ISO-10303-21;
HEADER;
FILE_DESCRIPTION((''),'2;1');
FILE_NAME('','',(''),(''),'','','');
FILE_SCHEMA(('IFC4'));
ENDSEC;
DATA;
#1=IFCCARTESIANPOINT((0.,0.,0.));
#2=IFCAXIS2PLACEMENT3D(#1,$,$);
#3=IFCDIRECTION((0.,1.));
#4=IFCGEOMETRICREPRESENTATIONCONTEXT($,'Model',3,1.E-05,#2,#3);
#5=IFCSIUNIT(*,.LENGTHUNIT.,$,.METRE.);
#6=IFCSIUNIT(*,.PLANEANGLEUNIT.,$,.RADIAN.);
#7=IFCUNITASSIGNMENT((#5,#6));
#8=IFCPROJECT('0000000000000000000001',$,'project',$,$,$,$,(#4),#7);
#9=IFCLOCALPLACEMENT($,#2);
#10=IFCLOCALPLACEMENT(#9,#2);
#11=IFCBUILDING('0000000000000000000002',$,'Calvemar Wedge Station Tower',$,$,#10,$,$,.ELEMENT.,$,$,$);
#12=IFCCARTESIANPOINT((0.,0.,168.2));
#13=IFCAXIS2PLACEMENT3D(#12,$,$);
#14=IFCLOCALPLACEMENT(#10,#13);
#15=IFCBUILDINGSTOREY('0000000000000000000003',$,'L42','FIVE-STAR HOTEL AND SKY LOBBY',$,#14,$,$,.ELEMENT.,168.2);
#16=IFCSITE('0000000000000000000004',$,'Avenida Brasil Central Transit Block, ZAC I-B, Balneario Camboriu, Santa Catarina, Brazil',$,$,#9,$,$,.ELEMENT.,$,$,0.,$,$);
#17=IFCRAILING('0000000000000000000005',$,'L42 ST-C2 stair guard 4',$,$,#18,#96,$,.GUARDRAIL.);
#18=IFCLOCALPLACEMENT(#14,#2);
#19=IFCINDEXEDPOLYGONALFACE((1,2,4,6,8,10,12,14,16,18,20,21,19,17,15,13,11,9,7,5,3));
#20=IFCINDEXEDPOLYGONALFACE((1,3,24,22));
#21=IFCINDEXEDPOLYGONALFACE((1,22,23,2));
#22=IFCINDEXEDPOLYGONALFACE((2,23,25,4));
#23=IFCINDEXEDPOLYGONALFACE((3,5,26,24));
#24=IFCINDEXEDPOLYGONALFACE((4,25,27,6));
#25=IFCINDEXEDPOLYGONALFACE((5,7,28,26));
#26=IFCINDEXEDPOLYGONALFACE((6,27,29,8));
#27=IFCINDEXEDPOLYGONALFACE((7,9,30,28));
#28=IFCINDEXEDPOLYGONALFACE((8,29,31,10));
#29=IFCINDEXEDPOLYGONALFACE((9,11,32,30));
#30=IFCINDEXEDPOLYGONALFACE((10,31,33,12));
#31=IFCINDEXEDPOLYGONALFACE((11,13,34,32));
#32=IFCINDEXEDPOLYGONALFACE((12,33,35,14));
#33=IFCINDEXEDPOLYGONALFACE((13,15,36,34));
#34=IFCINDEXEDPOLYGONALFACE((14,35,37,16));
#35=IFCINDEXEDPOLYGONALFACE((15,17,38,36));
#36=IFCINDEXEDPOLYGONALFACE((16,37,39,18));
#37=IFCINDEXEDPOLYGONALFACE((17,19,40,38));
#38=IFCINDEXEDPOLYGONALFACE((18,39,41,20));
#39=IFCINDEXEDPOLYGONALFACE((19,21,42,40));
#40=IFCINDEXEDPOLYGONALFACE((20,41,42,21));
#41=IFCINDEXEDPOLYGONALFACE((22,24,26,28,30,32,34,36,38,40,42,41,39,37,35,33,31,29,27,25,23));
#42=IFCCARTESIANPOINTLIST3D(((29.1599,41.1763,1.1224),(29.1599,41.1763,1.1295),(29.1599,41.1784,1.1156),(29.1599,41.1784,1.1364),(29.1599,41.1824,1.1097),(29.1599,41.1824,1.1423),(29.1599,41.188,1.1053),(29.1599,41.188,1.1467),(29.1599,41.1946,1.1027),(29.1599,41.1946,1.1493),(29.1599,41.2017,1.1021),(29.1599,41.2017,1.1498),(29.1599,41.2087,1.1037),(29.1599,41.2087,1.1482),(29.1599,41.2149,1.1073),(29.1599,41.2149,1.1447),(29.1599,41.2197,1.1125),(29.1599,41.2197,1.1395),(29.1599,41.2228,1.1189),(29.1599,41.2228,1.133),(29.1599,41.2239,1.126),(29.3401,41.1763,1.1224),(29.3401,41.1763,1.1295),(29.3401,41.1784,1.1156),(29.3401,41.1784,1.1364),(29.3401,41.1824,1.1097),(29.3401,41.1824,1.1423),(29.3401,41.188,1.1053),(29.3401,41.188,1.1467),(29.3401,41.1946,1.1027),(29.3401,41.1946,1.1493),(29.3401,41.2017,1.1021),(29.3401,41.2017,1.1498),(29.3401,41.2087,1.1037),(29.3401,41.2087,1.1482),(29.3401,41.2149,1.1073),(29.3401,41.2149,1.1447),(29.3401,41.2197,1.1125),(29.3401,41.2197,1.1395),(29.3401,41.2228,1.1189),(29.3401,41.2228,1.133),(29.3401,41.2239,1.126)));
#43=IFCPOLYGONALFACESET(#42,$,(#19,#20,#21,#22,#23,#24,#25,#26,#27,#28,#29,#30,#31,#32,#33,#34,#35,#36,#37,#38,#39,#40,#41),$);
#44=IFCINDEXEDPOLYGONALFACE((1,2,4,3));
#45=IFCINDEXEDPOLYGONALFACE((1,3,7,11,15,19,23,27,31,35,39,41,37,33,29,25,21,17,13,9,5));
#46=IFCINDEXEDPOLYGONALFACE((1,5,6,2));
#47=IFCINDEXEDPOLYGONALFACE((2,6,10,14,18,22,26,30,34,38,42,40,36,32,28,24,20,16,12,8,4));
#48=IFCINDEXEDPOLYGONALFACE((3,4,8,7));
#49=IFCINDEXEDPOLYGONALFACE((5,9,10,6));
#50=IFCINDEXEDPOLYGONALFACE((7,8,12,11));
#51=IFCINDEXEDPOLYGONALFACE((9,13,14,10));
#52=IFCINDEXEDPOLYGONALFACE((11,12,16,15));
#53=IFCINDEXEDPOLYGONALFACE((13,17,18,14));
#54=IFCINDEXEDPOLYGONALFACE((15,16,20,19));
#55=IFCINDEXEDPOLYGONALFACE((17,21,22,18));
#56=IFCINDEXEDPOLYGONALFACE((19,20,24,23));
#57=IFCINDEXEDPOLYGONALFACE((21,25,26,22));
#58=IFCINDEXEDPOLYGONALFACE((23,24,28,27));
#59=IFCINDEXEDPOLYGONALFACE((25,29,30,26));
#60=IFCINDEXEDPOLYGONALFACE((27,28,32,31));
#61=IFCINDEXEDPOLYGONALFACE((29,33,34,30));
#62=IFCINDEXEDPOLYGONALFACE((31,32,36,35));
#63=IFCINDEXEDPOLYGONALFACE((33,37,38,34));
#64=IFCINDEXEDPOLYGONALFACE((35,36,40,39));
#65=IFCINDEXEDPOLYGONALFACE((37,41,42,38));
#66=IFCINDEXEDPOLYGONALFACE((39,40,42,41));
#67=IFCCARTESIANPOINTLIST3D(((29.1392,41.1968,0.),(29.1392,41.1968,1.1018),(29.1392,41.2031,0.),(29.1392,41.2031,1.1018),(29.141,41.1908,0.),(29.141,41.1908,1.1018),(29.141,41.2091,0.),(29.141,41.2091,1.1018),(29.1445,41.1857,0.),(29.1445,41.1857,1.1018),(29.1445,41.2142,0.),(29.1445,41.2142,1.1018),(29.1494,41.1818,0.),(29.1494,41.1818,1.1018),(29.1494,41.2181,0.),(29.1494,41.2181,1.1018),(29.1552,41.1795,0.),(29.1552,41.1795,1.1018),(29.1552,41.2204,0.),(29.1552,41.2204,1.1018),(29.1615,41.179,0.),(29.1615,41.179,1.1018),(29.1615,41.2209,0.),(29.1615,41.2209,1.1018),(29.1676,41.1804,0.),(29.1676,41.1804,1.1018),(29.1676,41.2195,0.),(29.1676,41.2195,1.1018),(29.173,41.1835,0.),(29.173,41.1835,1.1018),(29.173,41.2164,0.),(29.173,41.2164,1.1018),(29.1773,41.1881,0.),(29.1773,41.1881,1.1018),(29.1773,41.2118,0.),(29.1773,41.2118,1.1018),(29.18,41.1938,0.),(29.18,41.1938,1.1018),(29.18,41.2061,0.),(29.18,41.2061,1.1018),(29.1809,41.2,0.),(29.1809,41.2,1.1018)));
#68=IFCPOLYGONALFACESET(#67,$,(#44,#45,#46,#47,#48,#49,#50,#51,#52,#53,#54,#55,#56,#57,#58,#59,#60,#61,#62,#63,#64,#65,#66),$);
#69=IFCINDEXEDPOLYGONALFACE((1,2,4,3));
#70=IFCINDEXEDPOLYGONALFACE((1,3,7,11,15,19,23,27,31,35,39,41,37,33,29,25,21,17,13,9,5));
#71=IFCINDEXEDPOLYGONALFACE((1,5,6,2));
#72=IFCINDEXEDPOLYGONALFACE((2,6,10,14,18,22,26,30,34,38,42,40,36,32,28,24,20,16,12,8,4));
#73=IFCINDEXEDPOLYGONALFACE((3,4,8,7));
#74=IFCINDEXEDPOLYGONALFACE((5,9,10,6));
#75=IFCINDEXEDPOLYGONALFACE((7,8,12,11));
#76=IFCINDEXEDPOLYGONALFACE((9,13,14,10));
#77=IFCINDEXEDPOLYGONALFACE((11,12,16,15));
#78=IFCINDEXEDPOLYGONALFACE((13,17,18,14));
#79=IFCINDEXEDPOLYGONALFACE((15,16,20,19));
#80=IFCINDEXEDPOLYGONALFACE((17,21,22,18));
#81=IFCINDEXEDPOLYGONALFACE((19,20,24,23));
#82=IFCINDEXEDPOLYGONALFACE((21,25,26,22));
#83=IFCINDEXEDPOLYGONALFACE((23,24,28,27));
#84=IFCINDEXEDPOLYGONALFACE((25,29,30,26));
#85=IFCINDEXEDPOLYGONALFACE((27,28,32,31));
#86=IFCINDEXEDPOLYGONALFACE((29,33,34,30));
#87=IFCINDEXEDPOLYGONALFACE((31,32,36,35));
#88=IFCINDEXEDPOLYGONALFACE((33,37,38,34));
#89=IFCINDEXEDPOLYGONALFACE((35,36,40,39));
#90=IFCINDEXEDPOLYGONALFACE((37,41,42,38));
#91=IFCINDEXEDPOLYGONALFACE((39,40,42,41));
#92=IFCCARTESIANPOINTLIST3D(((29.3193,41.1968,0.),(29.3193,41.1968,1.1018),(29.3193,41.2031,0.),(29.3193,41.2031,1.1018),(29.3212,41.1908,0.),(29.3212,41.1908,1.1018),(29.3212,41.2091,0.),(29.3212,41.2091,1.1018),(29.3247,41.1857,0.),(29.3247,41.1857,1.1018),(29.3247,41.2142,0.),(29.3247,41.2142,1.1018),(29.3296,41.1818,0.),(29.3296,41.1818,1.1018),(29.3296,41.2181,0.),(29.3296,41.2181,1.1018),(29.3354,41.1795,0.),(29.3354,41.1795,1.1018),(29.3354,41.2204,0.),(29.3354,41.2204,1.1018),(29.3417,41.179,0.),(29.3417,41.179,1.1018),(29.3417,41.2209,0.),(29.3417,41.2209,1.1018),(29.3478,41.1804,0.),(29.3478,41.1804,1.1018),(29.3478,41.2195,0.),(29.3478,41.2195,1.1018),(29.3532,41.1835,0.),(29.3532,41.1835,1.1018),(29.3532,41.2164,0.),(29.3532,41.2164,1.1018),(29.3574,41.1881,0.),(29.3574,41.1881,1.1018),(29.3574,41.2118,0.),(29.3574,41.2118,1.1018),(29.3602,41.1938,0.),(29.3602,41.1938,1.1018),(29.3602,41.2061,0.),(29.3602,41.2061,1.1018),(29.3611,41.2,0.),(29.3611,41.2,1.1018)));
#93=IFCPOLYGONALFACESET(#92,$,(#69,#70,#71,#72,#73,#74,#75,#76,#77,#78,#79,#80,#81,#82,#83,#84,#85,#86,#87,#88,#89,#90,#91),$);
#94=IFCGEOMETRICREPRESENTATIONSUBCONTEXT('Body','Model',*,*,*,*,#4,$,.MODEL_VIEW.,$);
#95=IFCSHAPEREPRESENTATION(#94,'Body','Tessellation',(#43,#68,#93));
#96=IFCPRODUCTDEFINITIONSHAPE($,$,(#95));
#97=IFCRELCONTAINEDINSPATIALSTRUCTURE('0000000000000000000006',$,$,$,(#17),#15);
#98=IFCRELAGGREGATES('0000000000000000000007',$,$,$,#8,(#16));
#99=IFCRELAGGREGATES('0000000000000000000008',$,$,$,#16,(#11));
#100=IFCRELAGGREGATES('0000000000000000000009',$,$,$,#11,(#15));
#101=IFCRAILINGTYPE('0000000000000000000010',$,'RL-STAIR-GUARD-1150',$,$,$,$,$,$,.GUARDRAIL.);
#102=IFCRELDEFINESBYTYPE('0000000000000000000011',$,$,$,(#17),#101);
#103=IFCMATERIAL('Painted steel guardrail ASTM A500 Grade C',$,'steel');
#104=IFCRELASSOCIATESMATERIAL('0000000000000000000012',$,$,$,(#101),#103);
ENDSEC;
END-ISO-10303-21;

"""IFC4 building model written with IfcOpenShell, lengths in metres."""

from ifc_helpers import new_model, si_unit, direction, frame, origin, origin_2d, place, context, subcontext, project, spatial, circle, extrude, material, type_object, element, save


model = new_model("IFC4")

# Units and contexts
model_context = context("Model", 3, precision=1e-05, world=origin(), true_north=direction((0.0, 1.0)))
body_context = subcontext(model_context, "Body", "Model", "MODEL_VIEW")
ifc_project = project(units=[si_unit("LENGTHUNIT", "METRE"), si_unit("PLANEANGLEUNIT", "RADIAN")], contexts=[model_context])

# Site, building, storey
site_placement = place(None, origin())
site = spatial("IfcSite", under=ifc_project, at=site_placement, Name="Avenida Brasil Central Transit Block, ZAC I-B, Balneario Camboriu, Santa Catarina, Brazil", CompositionType="ELEMENT", RefElevation=0.0)
building_placement = place(site_placement, origin())
building = spatial("IfcBuilding", under=site, at=building_placement, Name="Calvemar Wedge Station Tower", CompositionType="ELEMENT")
storey_placement = place(building_placement, frame((0.0, 0.0, 168.2)))
storey = spatial("IfcBuildingStorey", under=building, at=storey_placement, Name="L42", Description="FIVE-STAR HOTEL AND SKY LOBBY", CompositionType="ELEMENT", Elevation=168.2)

# Railing
ifc_material_1 = material(Name="Painted steel guardrail ASTM A500 Grade C", Category="steel")
railing_type_1 = type_object("IfcRailingType", Name="RL-STAIR-GUARD-1150", PredefinedType="GUARDRAIL", material=ifc_material_1)
railing_1_placement = place(storey_placement, frame((29.1599, 41.2, 0.0)))
element("IfcRailing", 1, at=railing_1_placement, inside=storey, type_object=railing_type_1, Name="L42 ST-C2 stair guard 4", PredefinedType="GUARDRAIL", context=body_context, shape_type="SweptSolid", body=[
    extrude(circle(Radius=0.0239, at=origin_2d()), frame((0.0, 0.0, 1.126), z_axis=(1.0, 0.0, 0.0), x_axis=(0.0, 1.0, 0.0)), (0.0, 0.0, 1.0), 0.1802),
    extrude(circle(Radius=0.021, at=origin_2d()), origin(), (0.0, 0.0, 1.0), 1.1018),
    extrude(circle(Radius=0.021, at=origin_2d()), frame((0.1802, 0.0, 0.0)), (0.0, 0.0, 1.0), 1.1018),
])

save(model, "model.ifc")
